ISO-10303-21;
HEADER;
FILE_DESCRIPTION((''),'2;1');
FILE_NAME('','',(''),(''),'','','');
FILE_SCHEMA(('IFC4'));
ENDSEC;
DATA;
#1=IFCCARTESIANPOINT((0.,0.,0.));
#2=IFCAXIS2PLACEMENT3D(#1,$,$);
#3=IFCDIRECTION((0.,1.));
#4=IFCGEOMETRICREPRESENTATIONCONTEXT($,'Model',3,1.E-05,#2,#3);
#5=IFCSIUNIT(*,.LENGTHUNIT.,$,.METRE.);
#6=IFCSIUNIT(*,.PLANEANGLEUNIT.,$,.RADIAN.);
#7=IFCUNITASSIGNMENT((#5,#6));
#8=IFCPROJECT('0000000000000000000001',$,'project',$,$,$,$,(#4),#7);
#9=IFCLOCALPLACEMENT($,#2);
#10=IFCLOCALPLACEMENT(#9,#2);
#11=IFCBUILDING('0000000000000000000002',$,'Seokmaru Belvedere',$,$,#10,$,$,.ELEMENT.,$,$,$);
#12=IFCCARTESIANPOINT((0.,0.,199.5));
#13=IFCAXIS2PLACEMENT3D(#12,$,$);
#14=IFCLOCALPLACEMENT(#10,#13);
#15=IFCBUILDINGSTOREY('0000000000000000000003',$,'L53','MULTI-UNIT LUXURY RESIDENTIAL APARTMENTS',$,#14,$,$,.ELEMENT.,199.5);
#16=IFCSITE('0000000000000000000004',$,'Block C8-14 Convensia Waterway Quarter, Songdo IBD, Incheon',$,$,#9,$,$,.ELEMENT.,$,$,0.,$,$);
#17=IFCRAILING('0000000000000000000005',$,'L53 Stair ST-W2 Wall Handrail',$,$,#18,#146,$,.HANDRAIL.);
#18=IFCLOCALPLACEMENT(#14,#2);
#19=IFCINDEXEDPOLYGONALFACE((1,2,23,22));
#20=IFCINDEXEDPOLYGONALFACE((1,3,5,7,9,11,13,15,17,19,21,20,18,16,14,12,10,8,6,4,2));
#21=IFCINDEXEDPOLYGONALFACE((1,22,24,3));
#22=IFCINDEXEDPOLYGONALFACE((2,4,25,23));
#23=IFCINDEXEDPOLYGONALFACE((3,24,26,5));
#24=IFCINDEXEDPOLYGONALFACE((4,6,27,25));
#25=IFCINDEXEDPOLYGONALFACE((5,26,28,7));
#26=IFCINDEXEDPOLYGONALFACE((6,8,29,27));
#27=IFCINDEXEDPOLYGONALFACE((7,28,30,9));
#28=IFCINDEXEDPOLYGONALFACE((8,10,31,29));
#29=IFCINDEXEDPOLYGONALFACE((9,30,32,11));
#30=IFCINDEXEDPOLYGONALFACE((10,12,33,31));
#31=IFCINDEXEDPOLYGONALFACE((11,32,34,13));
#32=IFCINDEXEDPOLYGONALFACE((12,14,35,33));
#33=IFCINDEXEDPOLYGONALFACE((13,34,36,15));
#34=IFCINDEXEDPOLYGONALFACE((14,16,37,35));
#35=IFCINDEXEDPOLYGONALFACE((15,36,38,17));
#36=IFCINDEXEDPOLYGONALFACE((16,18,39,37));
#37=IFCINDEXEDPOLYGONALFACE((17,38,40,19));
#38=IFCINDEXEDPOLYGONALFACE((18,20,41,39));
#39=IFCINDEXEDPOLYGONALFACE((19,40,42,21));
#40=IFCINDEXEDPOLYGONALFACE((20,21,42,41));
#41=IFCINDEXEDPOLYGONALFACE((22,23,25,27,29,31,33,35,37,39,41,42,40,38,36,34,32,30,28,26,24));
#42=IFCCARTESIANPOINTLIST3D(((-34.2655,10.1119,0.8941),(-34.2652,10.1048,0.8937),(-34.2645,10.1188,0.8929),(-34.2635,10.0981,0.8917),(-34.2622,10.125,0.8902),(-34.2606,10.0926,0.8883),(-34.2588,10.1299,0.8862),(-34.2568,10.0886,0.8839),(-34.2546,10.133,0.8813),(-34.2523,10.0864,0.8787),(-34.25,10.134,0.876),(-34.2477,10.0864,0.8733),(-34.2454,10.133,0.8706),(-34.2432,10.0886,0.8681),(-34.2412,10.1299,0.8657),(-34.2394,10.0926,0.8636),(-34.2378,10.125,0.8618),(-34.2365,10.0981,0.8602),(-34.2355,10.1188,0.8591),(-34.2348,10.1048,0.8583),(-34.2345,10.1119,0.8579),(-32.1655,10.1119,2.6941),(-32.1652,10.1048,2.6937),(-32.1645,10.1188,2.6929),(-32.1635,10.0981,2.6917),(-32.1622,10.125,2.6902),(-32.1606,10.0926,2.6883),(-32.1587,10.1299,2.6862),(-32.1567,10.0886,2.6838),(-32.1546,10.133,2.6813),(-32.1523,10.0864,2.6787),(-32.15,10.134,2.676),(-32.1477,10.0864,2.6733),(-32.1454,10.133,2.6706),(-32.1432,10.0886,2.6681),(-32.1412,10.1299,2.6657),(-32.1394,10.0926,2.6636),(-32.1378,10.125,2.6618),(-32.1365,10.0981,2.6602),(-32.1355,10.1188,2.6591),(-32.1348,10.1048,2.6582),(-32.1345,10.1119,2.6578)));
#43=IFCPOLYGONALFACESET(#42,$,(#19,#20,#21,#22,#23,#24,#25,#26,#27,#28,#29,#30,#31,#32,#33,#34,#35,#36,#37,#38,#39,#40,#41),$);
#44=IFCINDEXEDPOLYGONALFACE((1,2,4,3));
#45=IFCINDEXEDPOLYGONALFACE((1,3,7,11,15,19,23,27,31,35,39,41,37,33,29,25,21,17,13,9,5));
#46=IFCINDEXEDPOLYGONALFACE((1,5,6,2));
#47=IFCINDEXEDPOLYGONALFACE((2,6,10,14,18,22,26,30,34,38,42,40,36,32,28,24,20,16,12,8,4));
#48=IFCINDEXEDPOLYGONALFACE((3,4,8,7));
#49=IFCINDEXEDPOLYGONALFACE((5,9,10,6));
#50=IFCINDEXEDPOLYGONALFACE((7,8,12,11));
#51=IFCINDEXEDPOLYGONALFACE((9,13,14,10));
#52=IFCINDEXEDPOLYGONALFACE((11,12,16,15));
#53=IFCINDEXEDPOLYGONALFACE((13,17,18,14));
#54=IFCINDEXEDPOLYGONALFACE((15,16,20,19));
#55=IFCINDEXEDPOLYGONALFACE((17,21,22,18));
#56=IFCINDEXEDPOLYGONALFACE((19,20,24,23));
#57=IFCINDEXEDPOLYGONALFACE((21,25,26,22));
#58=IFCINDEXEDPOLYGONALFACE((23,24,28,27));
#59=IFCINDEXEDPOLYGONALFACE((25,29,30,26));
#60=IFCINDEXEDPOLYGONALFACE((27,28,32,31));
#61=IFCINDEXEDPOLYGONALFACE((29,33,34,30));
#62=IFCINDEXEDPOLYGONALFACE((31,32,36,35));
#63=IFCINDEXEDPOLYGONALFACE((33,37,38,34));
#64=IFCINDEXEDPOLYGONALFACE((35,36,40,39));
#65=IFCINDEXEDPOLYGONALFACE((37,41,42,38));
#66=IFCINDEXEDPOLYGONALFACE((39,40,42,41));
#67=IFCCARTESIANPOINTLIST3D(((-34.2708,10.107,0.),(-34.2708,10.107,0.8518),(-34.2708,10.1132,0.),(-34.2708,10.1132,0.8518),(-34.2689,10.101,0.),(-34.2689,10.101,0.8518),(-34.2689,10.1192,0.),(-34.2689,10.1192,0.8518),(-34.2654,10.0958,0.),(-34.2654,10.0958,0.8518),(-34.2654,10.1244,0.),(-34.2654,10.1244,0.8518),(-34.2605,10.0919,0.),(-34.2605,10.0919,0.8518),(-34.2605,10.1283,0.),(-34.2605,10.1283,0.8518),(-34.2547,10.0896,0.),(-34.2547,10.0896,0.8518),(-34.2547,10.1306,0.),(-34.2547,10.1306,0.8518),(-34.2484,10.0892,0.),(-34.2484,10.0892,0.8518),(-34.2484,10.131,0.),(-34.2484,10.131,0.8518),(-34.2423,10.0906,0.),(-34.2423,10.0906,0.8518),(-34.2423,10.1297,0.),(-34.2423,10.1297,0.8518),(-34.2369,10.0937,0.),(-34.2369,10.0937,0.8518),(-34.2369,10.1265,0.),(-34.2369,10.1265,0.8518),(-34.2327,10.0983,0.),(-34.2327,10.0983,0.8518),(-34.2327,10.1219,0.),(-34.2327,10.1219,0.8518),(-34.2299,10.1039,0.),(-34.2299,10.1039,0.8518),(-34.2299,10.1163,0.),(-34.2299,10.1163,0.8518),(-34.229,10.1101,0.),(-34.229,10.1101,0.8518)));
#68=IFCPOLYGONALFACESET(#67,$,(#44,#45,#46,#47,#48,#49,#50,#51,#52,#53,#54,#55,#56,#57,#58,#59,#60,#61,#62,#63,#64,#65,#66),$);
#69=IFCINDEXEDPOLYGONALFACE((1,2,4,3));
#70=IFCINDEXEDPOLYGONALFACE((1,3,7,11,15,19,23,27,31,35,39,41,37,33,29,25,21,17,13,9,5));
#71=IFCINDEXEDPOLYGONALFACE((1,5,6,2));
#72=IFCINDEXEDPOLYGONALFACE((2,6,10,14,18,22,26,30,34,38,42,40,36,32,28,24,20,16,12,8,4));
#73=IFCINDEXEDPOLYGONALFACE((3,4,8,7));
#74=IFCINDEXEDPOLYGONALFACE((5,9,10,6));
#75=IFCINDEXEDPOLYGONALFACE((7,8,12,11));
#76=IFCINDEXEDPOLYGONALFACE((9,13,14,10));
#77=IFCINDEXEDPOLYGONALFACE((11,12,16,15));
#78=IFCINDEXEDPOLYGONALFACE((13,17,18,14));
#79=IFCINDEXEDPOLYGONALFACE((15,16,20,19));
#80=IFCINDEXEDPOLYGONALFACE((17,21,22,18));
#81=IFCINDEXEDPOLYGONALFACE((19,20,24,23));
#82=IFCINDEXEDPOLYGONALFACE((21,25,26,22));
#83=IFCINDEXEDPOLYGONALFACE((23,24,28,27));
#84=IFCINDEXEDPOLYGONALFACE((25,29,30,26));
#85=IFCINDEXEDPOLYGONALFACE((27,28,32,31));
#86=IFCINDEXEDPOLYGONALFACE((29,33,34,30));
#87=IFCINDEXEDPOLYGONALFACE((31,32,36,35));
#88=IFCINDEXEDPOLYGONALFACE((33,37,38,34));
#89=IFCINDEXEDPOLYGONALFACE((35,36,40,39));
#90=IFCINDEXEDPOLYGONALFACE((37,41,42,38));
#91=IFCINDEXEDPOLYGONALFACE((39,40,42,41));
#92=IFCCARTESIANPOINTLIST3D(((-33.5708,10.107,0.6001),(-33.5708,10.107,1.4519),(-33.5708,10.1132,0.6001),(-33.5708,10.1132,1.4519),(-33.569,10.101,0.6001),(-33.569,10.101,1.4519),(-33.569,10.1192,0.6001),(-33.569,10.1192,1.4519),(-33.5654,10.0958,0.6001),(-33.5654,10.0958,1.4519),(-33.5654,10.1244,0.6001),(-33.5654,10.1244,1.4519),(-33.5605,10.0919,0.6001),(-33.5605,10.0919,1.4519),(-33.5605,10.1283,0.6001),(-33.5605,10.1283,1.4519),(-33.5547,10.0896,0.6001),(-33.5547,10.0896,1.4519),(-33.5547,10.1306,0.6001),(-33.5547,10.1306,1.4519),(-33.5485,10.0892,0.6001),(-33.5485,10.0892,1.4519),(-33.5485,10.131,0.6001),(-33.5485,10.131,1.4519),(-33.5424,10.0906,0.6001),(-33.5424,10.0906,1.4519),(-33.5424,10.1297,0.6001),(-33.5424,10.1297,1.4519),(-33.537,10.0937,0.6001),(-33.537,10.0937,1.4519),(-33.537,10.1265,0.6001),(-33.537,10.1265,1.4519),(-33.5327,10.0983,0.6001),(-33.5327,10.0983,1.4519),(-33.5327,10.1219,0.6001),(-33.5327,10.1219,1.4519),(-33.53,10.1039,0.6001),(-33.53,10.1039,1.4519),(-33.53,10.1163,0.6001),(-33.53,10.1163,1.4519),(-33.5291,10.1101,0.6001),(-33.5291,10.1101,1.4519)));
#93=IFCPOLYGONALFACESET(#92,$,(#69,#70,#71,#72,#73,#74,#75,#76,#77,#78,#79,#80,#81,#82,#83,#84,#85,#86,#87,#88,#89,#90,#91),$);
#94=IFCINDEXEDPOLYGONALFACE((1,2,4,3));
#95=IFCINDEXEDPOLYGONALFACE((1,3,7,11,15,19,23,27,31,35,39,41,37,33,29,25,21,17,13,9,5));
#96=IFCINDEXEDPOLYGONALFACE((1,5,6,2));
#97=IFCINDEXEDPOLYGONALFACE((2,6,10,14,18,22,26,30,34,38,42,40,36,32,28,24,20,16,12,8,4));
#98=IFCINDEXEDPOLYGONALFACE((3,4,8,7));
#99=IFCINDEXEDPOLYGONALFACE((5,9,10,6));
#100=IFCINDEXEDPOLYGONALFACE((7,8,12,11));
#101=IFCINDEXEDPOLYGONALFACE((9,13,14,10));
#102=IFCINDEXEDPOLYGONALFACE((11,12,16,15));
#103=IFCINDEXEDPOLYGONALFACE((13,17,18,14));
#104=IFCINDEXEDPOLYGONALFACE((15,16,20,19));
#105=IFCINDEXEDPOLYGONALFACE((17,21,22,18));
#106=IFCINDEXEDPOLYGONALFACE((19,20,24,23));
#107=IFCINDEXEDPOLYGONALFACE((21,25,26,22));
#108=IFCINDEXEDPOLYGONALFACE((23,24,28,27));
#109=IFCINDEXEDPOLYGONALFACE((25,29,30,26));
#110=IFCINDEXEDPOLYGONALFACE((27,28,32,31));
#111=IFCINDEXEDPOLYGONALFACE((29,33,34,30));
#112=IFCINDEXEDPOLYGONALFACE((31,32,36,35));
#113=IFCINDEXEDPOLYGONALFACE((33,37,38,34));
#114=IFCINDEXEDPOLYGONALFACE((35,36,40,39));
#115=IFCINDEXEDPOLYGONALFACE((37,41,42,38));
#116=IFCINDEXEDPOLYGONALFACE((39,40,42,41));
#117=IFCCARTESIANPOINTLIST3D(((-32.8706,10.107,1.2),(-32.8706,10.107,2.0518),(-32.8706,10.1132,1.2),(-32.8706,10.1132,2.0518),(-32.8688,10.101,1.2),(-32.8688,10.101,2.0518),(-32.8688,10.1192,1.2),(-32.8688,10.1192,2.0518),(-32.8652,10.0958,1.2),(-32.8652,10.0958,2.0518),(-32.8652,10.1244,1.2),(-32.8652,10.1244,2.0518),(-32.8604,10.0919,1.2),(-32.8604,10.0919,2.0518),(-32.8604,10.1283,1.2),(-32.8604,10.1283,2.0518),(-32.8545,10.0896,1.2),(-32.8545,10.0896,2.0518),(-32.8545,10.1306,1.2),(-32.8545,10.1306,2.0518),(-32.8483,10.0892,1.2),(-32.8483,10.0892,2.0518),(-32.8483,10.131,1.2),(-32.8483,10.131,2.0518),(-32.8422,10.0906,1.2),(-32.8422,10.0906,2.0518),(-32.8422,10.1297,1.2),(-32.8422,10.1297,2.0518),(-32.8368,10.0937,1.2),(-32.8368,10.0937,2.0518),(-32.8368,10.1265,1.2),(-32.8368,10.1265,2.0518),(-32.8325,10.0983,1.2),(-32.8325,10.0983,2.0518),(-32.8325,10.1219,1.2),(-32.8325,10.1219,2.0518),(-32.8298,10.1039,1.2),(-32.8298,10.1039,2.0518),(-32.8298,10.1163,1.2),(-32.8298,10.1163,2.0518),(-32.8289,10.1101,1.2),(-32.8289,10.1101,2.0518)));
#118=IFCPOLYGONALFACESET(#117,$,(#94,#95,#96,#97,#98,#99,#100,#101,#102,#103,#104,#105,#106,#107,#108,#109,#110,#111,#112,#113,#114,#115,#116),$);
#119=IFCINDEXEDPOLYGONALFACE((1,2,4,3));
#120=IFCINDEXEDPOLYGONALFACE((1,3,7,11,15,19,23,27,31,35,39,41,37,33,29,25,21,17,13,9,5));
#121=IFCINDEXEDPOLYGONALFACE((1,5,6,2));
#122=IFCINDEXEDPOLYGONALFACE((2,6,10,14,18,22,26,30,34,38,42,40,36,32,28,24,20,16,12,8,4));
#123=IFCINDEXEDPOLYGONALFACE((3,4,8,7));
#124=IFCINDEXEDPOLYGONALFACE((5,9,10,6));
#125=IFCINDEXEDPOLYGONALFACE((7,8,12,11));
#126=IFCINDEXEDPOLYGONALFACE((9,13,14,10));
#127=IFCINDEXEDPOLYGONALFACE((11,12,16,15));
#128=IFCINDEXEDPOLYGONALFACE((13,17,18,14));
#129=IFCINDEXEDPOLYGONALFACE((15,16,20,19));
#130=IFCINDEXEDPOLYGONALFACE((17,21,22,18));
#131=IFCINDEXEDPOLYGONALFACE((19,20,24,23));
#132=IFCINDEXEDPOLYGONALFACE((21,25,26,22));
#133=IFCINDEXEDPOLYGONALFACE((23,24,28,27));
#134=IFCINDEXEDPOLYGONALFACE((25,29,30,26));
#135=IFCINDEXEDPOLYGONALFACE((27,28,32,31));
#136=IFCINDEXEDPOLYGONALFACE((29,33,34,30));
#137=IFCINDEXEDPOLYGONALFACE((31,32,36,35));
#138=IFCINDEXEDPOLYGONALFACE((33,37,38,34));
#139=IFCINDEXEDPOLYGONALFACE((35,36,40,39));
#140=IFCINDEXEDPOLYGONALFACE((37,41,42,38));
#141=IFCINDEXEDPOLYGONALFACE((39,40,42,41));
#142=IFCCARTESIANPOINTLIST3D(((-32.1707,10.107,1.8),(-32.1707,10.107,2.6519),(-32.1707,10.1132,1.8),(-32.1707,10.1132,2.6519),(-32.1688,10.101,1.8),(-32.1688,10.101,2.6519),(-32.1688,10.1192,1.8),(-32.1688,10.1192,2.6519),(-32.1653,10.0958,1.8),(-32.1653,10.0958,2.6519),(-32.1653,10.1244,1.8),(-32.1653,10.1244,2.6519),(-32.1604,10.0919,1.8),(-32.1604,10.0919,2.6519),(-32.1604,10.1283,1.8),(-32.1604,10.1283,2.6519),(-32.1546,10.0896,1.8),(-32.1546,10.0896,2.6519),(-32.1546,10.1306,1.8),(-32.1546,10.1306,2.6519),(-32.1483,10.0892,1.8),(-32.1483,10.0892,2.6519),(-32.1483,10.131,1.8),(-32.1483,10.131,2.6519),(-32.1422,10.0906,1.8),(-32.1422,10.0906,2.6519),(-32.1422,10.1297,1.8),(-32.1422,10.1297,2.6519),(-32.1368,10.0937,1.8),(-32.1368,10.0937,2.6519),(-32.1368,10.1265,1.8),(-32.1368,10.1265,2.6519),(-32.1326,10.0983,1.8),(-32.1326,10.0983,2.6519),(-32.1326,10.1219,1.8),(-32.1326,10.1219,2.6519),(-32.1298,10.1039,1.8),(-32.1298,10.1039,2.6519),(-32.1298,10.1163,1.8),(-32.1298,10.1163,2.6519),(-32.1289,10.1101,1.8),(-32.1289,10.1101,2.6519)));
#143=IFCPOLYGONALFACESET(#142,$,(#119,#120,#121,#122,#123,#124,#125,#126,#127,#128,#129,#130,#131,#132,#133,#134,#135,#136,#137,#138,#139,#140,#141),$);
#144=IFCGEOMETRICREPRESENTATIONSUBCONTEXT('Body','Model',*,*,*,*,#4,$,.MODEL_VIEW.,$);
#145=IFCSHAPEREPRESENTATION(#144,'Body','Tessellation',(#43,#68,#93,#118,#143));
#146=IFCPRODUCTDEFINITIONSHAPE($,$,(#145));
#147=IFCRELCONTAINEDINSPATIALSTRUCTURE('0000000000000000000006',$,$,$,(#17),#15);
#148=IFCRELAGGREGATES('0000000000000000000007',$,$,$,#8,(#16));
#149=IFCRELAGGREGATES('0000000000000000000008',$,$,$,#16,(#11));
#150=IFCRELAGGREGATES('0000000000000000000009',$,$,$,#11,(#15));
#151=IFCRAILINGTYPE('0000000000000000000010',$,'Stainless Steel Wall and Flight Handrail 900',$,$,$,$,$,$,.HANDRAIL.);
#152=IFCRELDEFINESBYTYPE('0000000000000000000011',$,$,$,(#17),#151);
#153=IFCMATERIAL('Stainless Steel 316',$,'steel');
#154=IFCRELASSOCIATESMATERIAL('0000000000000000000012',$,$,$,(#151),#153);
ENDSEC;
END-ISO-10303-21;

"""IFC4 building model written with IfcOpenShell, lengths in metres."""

from ifc_helpers import new_model, si_unit, direction, frame, origin, origin_2d, place, context, subcontext, project, spatial, circle, extrude, material, type_object, element, save


model = new_model("IFC4")

# Units and contexts
model_context = context("Model", 3, precision=1e-05, world=origin(), true_north=direction((0.0, 1.0)))
body_context = subcontext(model_context, "Body", "Model", "MODEL_VIEW")
ifc_project = project(units=[si_unit("LENGTHUNIT", "METRE"), si_unit("PLANEANGLEUNIT", "RADIAN")], contexts=[model_context])

# Site, building, storey
site_placement = place(None, origin())
site = spatial("IfcSite", under=ifc_project, at=site_placement, Name="Block C8-14 Convensia Waterway Quarter, Songdo IBD, Incheon", CompositionType="ELEMENT", RefElevation=0.0)
building_placement = place(site_placement, origin())
building = spatial("IfcBuilding", under=site, at=building_placement, Name="Seokmaru Belvedere", CompositionType="ELEMENT")
storey_placement = place(building_placement, frame((0.0, 0.0, 199.5)))
storey = spatial("IfcBuildingStorey", under=building, at=storey_placement, Name="L53", Description="MULTI-UNIT LUXURY RESIDENTIAL APARTMENTS", CompositionType="ELEMENT", Elevation=199.5)

# Railing
ifc_material_1 = material(Name="Stainless Steel 316", Category="steel")
railing_type_1 = type_object("IfcRailingType", Name="Stainless Steel Wall and Flight Handrail 900", PredefinedType="HANDRAIL", material=ifc_material_1)
railing_1_placement = place(storey_placement, frame((-34.25, 10.1101, 0.0)))
element("IfcRailing", 1, at=railing_1_placement, inside=storey, type_object=railing_type_1, Name="L53 Stair ST-W2 Wall Handrail", PredefinedType="HANDRAIL", context=body_context, shape_type="SweptSolid", body=[
    extrude(circle(Radius=0.0239, at=origin_2d()), frame((0.0, 0.0, 0.876), z_axis=(0.759263, 0.0, 0.650784), x_axis=(0.0, 1.0, 0.0)), (0.0, 0.0, 1.0), 2.7659),
    extrude(circle(Radius=0.021, at=origin_2d()), origin(), (0.0, 0.0, 1.0), 0.8518),
    extrude(circle(Radius=0.021, at=origin_2d()), frame((0.7, 0.0, 0.6001)), (0.0, 0.0, 1.0), 0.8518),
    extrude(circle(Radius=0.021, at=origin_2d()), frame((1.4001, 0.0, 1.2)), (0.0, 0.0, 1.0), 0.8518),
    extrude(circle(Radius=0.021, at=origin_2d()), frame((2.1001, 0.0, 1.8)), (0.0, 0.0, 1.0), 0.8518),
])

save(model, "model.ifc")
